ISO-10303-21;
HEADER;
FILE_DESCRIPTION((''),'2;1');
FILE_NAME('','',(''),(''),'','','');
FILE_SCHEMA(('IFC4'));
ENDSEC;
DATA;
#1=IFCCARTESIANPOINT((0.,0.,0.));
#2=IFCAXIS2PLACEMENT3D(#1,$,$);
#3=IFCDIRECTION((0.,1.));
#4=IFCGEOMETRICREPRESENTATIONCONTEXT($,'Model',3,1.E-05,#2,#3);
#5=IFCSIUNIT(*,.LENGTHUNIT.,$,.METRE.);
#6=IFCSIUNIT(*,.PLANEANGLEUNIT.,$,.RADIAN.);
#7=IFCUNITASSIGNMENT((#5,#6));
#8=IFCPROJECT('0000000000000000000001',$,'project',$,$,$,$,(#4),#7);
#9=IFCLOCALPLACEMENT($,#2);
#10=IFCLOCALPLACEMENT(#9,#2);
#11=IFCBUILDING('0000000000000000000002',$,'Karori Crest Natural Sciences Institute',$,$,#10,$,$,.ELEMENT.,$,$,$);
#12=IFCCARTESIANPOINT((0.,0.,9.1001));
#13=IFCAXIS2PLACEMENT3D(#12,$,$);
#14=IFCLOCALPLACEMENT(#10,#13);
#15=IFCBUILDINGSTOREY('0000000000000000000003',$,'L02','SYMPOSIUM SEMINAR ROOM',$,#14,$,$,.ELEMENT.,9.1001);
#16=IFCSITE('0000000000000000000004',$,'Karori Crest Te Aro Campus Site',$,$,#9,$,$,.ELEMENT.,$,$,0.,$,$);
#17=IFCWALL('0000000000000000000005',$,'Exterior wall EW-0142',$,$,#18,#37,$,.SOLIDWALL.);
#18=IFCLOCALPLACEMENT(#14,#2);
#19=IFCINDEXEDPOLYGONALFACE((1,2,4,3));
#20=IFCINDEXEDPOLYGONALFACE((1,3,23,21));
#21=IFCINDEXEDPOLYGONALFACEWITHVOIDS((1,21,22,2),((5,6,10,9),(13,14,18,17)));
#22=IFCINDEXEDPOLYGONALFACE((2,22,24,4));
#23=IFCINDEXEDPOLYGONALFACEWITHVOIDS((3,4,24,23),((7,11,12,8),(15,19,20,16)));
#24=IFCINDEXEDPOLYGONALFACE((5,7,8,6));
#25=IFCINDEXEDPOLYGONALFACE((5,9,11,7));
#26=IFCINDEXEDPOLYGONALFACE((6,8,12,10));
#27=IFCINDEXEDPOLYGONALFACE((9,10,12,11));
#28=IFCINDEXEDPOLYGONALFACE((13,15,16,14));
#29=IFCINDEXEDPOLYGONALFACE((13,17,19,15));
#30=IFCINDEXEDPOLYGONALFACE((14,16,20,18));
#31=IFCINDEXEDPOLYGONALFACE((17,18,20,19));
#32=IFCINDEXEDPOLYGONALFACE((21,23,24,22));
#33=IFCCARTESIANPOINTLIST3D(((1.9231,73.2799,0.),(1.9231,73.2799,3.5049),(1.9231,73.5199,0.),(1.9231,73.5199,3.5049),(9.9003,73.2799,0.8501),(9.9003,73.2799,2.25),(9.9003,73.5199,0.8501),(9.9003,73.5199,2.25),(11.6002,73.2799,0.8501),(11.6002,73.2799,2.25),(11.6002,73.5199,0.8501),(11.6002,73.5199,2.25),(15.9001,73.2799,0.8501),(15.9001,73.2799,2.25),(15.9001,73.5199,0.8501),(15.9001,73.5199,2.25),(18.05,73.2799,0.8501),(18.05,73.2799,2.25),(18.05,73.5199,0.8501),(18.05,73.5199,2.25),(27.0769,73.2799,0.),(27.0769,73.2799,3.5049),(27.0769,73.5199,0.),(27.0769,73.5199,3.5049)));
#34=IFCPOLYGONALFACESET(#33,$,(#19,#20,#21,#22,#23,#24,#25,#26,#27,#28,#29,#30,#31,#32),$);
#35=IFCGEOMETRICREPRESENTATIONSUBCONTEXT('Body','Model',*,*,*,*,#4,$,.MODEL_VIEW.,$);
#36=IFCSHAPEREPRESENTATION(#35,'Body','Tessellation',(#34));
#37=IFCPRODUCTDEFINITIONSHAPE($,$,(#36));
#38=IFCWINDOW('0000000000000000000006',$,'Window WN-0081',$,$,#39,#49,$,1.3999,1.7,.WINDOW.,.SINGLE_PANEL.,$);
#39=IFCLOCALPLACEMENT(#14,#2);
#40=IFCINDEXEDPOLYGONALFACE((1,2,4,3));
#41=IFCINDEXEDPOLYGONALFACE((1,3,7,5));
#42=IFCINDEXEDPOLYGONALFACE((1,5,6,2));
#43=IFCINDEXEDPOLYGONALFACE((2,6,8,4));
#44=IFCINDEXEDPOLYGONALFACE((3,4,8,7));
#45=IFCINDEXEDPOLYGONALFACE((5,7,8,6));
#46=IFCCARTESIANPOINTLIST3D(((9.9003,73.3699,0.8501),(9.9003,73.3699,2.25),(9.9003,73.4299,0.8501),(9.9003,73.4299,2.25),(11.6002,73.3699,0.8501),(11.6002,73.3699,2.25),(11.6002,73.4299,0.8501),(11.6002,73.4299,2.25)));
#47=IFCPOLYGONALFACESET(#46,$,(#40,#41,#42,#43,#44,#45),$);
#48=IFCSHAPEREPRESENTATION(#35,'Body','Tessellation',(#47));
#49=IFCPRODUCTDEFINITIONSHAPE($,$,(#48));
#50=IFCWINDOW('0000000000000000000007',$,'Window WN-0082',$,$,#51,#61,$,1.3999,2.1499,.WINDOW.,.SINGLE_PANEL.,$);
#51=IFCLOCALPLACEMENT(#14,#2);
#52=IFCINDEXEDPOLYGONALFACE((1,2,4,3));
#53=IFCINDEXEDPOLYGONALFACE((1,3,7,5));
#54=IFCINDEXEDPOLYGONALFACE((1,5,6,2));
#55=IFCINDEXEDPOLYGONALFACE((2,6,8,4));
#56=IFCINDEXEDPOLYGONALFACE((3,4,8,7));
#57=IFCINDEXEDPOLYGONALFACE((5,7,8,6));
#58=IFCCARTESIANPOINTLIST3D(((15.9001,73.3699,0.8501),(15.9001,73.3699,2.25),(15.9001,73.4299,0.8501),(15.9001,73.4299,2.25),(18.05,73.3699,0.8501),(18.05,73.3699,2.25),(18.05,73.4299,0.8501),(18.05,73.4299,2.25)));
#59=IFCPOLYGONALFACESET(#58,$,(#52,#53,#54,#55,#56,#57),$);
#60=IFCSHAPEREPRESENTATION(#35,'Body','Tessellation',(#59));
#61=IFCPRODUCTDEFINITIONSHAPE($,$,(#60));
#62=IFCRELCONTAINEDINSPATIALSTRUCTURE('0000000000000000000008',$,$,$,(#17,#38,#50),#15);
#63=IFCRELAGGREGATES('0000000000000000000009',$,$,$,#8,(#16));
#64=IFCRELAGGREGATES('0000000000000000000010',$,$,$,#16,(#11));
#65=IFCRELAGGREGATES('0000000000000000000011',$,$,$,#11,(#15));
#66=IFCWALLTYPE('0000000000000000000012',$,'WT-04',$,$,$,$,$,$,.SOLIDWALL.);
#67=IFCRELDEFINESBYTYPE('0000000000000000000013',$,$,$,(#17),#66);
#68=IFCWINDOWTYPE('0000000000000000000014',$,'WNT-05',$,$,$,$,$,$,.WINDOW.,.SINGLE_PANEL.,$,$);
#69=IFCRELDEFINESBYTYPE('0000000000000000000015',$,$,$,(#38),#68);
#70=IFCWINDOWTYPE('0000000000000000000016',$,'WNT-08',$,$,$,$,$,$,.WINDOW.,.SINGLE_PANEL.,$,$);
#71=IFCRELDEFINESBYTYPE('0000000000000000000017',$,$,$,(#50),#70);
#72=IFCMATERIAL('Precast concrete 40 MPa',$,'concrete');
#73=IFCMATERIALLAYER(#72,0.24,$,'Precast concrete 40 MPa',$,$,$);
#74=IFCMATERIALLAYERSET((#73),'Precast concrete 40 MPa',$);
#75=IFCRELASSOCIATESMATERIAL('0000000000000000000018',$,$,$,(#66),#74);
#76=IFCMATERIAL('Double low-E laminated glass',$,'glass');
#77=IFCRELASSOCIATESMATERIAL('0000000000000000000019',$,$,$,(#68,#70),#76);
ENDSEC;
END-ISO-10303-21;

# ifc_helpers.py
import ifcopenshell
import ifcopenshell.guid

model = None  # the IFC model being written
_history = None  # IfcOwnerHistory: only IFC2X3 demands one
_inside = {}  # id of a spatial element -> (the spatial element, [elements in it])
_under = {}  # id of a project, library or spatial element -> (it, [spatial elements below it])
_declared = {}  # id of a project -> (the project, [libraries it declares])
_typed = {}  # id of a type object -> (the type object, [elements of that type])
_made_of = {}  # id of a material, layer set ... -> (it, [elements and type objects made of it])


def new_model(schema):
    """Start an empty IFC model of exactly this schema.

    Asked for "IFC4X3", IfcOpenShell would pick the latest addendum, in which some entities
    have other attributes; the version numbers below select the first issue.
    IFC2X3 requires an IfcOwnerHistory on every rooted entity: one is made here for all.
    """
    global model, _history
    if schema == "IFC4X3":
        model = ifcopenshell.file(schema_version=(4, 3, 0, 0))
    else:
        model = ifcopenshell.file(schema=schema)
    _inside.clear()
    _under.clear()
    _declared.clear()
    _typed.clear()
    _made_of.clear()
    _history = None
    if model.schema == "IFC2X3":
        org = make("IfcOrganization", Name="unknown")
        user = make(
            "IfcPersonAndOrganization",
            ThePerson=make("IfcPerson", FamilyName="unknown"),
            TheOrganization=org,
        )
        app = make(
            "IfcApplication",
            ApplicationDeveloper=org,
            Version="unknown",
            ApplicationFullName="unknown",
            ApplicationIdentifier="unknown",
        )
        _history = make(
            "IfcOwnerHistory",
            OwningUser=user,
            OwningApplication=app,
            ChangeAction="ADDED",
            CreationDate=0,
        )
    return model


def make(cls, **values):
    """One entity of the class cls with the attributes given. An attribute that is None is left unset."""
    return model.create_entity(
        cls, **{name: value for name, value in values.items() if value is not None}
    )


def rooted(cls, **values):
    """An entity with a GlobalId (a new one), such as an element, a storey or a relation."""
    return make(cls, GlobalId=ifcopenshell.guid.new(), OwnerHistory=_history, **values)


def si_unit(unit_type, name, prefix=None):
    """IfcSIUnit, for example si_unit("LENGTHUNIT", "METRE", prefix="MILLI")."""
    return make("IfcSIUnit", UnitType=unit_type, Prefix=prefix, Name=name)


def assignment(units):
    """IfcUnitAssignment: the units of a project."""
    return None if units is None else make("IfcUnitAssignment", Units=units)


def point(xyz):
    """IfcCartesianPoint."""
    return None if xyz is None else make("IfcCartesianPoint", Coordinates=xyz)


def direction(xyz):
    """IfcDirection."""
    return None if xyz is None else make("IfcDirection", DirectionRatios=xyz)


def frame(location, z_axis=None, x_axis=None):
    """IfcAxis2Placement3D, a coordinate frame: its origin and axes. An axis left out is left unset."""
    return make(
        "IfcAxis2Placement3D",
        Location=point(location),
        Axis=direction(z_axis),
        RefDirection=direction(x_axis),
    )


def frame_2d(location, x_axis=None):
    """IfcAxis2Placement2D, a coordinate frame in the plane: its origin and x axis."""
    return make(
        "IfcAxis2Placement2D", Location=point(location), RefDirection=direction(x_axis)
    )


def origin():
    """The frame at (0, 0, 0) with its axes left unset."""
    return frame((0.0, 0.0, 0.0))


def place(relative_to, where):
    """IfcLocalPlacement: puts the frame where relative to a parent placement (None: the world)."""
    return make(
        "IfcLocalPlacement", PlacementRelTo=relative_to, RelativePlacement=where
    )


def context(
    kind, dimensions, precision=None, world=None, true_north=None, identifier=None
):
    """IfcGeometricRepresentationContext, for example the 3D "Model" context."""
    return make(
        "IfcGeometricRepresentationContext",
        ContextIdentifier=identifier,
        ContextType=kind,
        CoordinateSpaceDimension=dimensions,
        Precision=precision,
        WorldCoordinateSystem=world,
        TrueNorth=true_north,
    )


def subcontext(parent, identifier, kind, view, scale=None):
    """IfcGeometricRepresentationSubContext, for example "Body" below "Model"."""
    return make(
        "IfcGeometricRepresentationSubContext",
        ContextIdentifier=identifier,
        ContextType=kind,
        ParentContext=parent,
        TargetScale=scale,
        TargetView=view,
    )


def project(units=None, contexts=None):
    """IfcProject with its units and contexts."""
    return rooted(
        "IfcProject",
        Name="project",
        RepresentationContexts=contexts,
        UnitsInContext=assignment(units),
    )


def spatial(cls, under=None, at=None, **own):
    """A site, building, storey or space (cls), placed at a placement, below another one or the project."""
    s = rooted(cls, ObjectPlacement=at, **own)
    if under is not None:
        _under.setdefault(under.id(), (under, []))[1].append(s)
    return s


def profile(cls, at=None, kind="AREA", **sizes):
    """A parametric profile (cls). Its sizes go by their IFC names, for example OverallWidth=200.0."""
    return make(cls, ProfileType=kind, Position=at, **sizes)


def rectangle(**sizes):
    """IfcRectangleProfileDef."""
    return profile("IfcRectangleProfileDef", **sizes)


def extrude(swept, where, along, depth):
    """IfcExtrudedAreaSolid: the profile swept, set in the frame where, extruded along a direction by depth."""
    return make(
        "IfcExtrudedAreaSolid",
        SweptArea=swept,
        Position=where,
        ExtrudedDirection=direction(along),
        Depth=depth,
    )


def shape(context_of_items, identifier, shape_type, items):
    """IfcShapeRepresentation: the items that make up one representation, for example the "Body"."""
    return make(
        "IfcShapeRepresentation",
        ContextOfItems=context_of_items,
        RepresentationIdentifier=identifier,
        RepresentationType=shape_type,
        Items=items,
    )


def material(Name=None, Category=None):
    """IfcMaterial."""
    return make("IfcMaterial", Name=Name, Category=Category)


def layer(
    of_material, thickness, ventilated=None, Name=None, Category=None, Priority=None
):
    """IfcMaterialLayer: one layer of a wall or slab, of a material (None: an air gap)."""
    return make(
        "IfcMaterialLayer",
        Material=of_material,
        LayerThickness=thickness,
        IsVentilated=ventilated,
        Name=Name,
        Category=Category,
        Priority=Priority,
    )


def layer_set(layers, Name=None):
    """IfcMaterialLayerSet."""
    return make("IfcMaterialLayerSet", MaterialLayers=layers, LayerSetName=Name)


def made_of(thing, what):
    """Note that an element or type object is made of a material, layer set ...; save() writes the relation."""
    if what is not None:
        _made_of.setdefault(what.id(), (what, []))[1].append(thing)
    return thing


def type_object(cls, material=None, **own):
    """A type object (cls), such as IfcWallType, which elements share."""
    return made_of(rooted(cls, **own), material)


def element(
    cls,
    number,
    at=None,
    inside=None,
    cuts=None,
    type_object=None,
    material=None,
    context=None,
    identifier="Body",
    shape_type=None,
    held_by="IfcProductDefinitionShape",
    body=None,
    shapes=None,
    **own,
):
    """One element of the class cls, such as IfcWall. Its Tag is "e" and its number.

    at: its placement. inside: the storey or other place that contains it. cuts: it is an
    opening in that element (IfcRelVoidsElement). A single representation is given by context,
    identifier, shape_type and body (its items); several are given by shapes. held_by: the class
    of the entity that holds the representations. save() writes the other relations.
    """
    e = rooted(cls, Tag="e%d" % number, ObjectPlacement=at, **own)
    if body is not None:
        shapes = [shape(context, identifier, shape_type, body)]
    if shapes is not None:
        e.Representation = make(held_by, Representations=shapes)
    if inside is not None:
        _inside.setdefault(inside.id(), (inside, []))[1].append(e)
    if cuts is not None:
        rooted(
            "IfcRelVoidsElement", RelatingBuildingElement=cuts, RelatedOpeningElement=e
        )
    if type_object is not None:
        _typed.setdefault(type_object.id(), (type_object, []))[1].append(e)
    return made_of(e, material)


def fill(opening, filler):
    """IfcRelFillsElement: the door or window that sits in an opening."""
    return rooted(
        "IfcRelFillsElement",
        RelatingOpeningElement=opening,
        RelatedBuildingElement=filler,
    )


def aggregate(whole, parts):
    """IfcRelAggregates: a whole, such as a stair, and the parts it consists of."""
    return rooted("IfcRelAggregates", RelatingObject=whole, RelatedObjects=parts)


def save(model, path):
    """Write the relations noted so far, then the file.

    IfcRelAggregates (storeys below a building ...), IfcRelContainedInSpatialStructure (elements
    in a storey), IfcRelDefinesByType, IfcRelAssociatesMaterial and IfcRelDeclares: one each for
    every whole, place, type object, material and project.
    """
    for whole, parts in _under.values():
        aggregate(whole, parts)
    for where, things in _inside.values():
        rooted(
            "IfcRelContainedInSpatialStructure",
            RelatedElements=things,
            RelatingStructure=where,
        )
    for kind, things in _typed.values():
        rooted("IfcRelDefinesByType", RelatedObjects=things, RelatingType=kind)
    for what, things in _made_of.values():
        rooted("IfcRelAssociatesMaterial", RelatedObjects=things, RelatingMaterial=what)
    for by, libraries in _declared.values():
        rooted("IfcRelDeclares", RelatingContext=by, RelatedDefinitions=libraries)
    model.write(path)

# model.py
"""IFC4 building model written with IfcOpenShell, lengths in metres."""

from ifc_helpers import new_model, si_unit, direction, frame, frame_2d, origin, place, context, subcontext, project, spatial, rectangle, extrude, material, layer, layer_set, type_object, element, fill, save


model = new_model("IFC4")

# Units and contexts
model_context = context("Model", 3, precision=1e-05, world=origin(), true_north=direction((0.0, 1.0)))
body_context = subcontext(model_context, "Body", "Model", "MODEL_VIEW")
ifc_project = project(units=[si_unit("LENGTHUNIT", "METRE"), si_unit("PLANEANGLEUNIT", "RADIAN")], contexts=[model_context])

# Site, building, storey
site_placement = place(None, origin())
site = spatial("IfcSite", under=ifc_project, at=site_placement, Name="Karori Crest Te Aro Campus Site", CompositionType="ELEMENT", RefElevation=0.0)
building_placement = place(site_placement, origin())
building = spatial("IfcBuilding", under=site, at=building_placement, Name="Karori Crest Natural Sciences Institute", CompositionType="ELEMENT")
storey_placement = place(building_placement, frame((0.0, 0.0, 9.1001)))
storey = spatial("IfcBuildingStorey", under=building, at=storey_placement, Name="L02", Description="SYMPOSIUM SEMINAR ROOM", CompositionType="ELEMENT", Elevation=9.1001)

# Wall, openings, windows
ifc_material_1 = material(Name="Precast concrete 40 MPa", Category="concrete")
ifc_layer_1 = layer(ifc_material_1, 0.24, Name="Precast concrete 40 MPa")
ifc_layer_set_1 = layer_set([ifc_layer_1], Name="Precast concrete 40 MPa")
wall_type_1 = type_object("IfcWallType", Name="WT-04", PredefinedType="SOLIDWALL", material=ifc_layer_set_1)
wall_1_placement = place(storey_placement, frame((1.9231, 73.3999, 0.0), z_axis=(0.0, 0.0, 1.0), x_axis=(1.0, 0.0, 0.0)))
wall_1 = element("IfcWall", 1, at=wall_1_placement, inside=storey, type_object=wall_type_1, Name="Exterior wall EW-0142", PredefinedType="SOLIDWALL", context=body_context, shape_type="SweptSolid", body=[
    extrude(rectangle(XDim=25.1538, YDim=0.24, at=frame_2d((12.5769, 0.0))), origin(), (0.0, 0.0, 1.0), 3.5049),
])
opening_1_placement = place(wall_1_placement, frame((7.9771, 0.0, 0.8501)))
opening_1 = element("IfcOpeningElement", 2, at=opening_1_placement, cuts=wall_1, PredefinedType="OPENING", context=body_context, shape_type="SweptSolid", body=[
    extrude(rectangle(XDim=1.7, YDim=1.3999, at=frame_2d((0.8501, 0.7))), frame((0.0, 0.1299, 0.0), z_axis=(0.0, -1.0, 0.0), x_axis=(1.0, 0.0, 0.0)), (0.0, 0.0, 1.0), 0.26),
])
opening_2_placement = place(wall_1_placement, frame((13.9771, 0.0, 0.8501)))
opening_2 = element("IfcOpeningElement", 3, at=opening_2_placement, cuts=wall_1, PredefinedType="OPENING", context=body_context, shape_type="SweptSolid", body=[
    extrude(rectangle(XDim=2.1499, YDim=1.3999, at=frame_2d((1.075, 0.7))), frame((0.0, 0.1299, 0.0), z_axis=(0.0, -1.0, 0.0), x_axis=(1.0, 0.0, 0.0)), (0.0, 0.0, 1.0), 0.26),
])
ifc_material_2 = material(Name="Double low-E laminated glass", Category="glass")
window_type_1 = type_object("IfcWindowType", Name="WNT-05", PartitioningType="SINGLE_PANEL", PredefinedType="WINDOW", material=ifc_material_2)
window_1_placement = place(opening_1_placement, origin())
window_1 = element("IfcWindow", 4, at=window_1_placement, inside=storey, type_object=window_type_1, Name="Window WN-0081", OverallHeight=1.3999, OverallWidth=1.7, PartitioningType="SINGLE_PANEL", PredefinedType="WINDOW", context=body_context, shape_type="SweptSolid", body=[
    extrude(rectangle(XDim=1.7, YDim=1.3999, at=frame_2d((0.8501, 0.7))), frame((0.0, 0.03, 0.0), z_axis=(0.0, -1.0, 0.0), x_axis=(1.0, 0.0, 0.0)), (0.0, 0.0, 1.0), 0.0601),
])
fill(opening_1, window_1)
window_type_2 = type_object("IfcWindowType", Name="WNT-08", PartitioningType="SINGLE_PANEL", PredefinedType="WINDOW", material=ifc_material_2)
window_2_placement = place(opening_2_placement, origin())
window_2 = element("IfcWindow", 5, at=window_2_placement, inside=storey, type_object=window_type_2, Name="Window WN-0082", OverallHeight=1.3999, OverallWidth=2.1499, PartitioningType="SINGLE_PANEL", PredefinedType="WINDOW", context=body_context, shape_type="SweptSolid", body=[
    extrude(rectangle(XDim=2.1499, YDim=1.3999, at=frame_2d((1.075, 0.7))), frame((0.0, 0.03, 0.0), z_axis=(0.0, -1.0, 0.0), x_axis=(1.0, 0.0, 0.0)), (0.0, 0.0, 1.0), 0.0601),
])
fill(opening_2, window_2)

save(model, "model.ifc")
